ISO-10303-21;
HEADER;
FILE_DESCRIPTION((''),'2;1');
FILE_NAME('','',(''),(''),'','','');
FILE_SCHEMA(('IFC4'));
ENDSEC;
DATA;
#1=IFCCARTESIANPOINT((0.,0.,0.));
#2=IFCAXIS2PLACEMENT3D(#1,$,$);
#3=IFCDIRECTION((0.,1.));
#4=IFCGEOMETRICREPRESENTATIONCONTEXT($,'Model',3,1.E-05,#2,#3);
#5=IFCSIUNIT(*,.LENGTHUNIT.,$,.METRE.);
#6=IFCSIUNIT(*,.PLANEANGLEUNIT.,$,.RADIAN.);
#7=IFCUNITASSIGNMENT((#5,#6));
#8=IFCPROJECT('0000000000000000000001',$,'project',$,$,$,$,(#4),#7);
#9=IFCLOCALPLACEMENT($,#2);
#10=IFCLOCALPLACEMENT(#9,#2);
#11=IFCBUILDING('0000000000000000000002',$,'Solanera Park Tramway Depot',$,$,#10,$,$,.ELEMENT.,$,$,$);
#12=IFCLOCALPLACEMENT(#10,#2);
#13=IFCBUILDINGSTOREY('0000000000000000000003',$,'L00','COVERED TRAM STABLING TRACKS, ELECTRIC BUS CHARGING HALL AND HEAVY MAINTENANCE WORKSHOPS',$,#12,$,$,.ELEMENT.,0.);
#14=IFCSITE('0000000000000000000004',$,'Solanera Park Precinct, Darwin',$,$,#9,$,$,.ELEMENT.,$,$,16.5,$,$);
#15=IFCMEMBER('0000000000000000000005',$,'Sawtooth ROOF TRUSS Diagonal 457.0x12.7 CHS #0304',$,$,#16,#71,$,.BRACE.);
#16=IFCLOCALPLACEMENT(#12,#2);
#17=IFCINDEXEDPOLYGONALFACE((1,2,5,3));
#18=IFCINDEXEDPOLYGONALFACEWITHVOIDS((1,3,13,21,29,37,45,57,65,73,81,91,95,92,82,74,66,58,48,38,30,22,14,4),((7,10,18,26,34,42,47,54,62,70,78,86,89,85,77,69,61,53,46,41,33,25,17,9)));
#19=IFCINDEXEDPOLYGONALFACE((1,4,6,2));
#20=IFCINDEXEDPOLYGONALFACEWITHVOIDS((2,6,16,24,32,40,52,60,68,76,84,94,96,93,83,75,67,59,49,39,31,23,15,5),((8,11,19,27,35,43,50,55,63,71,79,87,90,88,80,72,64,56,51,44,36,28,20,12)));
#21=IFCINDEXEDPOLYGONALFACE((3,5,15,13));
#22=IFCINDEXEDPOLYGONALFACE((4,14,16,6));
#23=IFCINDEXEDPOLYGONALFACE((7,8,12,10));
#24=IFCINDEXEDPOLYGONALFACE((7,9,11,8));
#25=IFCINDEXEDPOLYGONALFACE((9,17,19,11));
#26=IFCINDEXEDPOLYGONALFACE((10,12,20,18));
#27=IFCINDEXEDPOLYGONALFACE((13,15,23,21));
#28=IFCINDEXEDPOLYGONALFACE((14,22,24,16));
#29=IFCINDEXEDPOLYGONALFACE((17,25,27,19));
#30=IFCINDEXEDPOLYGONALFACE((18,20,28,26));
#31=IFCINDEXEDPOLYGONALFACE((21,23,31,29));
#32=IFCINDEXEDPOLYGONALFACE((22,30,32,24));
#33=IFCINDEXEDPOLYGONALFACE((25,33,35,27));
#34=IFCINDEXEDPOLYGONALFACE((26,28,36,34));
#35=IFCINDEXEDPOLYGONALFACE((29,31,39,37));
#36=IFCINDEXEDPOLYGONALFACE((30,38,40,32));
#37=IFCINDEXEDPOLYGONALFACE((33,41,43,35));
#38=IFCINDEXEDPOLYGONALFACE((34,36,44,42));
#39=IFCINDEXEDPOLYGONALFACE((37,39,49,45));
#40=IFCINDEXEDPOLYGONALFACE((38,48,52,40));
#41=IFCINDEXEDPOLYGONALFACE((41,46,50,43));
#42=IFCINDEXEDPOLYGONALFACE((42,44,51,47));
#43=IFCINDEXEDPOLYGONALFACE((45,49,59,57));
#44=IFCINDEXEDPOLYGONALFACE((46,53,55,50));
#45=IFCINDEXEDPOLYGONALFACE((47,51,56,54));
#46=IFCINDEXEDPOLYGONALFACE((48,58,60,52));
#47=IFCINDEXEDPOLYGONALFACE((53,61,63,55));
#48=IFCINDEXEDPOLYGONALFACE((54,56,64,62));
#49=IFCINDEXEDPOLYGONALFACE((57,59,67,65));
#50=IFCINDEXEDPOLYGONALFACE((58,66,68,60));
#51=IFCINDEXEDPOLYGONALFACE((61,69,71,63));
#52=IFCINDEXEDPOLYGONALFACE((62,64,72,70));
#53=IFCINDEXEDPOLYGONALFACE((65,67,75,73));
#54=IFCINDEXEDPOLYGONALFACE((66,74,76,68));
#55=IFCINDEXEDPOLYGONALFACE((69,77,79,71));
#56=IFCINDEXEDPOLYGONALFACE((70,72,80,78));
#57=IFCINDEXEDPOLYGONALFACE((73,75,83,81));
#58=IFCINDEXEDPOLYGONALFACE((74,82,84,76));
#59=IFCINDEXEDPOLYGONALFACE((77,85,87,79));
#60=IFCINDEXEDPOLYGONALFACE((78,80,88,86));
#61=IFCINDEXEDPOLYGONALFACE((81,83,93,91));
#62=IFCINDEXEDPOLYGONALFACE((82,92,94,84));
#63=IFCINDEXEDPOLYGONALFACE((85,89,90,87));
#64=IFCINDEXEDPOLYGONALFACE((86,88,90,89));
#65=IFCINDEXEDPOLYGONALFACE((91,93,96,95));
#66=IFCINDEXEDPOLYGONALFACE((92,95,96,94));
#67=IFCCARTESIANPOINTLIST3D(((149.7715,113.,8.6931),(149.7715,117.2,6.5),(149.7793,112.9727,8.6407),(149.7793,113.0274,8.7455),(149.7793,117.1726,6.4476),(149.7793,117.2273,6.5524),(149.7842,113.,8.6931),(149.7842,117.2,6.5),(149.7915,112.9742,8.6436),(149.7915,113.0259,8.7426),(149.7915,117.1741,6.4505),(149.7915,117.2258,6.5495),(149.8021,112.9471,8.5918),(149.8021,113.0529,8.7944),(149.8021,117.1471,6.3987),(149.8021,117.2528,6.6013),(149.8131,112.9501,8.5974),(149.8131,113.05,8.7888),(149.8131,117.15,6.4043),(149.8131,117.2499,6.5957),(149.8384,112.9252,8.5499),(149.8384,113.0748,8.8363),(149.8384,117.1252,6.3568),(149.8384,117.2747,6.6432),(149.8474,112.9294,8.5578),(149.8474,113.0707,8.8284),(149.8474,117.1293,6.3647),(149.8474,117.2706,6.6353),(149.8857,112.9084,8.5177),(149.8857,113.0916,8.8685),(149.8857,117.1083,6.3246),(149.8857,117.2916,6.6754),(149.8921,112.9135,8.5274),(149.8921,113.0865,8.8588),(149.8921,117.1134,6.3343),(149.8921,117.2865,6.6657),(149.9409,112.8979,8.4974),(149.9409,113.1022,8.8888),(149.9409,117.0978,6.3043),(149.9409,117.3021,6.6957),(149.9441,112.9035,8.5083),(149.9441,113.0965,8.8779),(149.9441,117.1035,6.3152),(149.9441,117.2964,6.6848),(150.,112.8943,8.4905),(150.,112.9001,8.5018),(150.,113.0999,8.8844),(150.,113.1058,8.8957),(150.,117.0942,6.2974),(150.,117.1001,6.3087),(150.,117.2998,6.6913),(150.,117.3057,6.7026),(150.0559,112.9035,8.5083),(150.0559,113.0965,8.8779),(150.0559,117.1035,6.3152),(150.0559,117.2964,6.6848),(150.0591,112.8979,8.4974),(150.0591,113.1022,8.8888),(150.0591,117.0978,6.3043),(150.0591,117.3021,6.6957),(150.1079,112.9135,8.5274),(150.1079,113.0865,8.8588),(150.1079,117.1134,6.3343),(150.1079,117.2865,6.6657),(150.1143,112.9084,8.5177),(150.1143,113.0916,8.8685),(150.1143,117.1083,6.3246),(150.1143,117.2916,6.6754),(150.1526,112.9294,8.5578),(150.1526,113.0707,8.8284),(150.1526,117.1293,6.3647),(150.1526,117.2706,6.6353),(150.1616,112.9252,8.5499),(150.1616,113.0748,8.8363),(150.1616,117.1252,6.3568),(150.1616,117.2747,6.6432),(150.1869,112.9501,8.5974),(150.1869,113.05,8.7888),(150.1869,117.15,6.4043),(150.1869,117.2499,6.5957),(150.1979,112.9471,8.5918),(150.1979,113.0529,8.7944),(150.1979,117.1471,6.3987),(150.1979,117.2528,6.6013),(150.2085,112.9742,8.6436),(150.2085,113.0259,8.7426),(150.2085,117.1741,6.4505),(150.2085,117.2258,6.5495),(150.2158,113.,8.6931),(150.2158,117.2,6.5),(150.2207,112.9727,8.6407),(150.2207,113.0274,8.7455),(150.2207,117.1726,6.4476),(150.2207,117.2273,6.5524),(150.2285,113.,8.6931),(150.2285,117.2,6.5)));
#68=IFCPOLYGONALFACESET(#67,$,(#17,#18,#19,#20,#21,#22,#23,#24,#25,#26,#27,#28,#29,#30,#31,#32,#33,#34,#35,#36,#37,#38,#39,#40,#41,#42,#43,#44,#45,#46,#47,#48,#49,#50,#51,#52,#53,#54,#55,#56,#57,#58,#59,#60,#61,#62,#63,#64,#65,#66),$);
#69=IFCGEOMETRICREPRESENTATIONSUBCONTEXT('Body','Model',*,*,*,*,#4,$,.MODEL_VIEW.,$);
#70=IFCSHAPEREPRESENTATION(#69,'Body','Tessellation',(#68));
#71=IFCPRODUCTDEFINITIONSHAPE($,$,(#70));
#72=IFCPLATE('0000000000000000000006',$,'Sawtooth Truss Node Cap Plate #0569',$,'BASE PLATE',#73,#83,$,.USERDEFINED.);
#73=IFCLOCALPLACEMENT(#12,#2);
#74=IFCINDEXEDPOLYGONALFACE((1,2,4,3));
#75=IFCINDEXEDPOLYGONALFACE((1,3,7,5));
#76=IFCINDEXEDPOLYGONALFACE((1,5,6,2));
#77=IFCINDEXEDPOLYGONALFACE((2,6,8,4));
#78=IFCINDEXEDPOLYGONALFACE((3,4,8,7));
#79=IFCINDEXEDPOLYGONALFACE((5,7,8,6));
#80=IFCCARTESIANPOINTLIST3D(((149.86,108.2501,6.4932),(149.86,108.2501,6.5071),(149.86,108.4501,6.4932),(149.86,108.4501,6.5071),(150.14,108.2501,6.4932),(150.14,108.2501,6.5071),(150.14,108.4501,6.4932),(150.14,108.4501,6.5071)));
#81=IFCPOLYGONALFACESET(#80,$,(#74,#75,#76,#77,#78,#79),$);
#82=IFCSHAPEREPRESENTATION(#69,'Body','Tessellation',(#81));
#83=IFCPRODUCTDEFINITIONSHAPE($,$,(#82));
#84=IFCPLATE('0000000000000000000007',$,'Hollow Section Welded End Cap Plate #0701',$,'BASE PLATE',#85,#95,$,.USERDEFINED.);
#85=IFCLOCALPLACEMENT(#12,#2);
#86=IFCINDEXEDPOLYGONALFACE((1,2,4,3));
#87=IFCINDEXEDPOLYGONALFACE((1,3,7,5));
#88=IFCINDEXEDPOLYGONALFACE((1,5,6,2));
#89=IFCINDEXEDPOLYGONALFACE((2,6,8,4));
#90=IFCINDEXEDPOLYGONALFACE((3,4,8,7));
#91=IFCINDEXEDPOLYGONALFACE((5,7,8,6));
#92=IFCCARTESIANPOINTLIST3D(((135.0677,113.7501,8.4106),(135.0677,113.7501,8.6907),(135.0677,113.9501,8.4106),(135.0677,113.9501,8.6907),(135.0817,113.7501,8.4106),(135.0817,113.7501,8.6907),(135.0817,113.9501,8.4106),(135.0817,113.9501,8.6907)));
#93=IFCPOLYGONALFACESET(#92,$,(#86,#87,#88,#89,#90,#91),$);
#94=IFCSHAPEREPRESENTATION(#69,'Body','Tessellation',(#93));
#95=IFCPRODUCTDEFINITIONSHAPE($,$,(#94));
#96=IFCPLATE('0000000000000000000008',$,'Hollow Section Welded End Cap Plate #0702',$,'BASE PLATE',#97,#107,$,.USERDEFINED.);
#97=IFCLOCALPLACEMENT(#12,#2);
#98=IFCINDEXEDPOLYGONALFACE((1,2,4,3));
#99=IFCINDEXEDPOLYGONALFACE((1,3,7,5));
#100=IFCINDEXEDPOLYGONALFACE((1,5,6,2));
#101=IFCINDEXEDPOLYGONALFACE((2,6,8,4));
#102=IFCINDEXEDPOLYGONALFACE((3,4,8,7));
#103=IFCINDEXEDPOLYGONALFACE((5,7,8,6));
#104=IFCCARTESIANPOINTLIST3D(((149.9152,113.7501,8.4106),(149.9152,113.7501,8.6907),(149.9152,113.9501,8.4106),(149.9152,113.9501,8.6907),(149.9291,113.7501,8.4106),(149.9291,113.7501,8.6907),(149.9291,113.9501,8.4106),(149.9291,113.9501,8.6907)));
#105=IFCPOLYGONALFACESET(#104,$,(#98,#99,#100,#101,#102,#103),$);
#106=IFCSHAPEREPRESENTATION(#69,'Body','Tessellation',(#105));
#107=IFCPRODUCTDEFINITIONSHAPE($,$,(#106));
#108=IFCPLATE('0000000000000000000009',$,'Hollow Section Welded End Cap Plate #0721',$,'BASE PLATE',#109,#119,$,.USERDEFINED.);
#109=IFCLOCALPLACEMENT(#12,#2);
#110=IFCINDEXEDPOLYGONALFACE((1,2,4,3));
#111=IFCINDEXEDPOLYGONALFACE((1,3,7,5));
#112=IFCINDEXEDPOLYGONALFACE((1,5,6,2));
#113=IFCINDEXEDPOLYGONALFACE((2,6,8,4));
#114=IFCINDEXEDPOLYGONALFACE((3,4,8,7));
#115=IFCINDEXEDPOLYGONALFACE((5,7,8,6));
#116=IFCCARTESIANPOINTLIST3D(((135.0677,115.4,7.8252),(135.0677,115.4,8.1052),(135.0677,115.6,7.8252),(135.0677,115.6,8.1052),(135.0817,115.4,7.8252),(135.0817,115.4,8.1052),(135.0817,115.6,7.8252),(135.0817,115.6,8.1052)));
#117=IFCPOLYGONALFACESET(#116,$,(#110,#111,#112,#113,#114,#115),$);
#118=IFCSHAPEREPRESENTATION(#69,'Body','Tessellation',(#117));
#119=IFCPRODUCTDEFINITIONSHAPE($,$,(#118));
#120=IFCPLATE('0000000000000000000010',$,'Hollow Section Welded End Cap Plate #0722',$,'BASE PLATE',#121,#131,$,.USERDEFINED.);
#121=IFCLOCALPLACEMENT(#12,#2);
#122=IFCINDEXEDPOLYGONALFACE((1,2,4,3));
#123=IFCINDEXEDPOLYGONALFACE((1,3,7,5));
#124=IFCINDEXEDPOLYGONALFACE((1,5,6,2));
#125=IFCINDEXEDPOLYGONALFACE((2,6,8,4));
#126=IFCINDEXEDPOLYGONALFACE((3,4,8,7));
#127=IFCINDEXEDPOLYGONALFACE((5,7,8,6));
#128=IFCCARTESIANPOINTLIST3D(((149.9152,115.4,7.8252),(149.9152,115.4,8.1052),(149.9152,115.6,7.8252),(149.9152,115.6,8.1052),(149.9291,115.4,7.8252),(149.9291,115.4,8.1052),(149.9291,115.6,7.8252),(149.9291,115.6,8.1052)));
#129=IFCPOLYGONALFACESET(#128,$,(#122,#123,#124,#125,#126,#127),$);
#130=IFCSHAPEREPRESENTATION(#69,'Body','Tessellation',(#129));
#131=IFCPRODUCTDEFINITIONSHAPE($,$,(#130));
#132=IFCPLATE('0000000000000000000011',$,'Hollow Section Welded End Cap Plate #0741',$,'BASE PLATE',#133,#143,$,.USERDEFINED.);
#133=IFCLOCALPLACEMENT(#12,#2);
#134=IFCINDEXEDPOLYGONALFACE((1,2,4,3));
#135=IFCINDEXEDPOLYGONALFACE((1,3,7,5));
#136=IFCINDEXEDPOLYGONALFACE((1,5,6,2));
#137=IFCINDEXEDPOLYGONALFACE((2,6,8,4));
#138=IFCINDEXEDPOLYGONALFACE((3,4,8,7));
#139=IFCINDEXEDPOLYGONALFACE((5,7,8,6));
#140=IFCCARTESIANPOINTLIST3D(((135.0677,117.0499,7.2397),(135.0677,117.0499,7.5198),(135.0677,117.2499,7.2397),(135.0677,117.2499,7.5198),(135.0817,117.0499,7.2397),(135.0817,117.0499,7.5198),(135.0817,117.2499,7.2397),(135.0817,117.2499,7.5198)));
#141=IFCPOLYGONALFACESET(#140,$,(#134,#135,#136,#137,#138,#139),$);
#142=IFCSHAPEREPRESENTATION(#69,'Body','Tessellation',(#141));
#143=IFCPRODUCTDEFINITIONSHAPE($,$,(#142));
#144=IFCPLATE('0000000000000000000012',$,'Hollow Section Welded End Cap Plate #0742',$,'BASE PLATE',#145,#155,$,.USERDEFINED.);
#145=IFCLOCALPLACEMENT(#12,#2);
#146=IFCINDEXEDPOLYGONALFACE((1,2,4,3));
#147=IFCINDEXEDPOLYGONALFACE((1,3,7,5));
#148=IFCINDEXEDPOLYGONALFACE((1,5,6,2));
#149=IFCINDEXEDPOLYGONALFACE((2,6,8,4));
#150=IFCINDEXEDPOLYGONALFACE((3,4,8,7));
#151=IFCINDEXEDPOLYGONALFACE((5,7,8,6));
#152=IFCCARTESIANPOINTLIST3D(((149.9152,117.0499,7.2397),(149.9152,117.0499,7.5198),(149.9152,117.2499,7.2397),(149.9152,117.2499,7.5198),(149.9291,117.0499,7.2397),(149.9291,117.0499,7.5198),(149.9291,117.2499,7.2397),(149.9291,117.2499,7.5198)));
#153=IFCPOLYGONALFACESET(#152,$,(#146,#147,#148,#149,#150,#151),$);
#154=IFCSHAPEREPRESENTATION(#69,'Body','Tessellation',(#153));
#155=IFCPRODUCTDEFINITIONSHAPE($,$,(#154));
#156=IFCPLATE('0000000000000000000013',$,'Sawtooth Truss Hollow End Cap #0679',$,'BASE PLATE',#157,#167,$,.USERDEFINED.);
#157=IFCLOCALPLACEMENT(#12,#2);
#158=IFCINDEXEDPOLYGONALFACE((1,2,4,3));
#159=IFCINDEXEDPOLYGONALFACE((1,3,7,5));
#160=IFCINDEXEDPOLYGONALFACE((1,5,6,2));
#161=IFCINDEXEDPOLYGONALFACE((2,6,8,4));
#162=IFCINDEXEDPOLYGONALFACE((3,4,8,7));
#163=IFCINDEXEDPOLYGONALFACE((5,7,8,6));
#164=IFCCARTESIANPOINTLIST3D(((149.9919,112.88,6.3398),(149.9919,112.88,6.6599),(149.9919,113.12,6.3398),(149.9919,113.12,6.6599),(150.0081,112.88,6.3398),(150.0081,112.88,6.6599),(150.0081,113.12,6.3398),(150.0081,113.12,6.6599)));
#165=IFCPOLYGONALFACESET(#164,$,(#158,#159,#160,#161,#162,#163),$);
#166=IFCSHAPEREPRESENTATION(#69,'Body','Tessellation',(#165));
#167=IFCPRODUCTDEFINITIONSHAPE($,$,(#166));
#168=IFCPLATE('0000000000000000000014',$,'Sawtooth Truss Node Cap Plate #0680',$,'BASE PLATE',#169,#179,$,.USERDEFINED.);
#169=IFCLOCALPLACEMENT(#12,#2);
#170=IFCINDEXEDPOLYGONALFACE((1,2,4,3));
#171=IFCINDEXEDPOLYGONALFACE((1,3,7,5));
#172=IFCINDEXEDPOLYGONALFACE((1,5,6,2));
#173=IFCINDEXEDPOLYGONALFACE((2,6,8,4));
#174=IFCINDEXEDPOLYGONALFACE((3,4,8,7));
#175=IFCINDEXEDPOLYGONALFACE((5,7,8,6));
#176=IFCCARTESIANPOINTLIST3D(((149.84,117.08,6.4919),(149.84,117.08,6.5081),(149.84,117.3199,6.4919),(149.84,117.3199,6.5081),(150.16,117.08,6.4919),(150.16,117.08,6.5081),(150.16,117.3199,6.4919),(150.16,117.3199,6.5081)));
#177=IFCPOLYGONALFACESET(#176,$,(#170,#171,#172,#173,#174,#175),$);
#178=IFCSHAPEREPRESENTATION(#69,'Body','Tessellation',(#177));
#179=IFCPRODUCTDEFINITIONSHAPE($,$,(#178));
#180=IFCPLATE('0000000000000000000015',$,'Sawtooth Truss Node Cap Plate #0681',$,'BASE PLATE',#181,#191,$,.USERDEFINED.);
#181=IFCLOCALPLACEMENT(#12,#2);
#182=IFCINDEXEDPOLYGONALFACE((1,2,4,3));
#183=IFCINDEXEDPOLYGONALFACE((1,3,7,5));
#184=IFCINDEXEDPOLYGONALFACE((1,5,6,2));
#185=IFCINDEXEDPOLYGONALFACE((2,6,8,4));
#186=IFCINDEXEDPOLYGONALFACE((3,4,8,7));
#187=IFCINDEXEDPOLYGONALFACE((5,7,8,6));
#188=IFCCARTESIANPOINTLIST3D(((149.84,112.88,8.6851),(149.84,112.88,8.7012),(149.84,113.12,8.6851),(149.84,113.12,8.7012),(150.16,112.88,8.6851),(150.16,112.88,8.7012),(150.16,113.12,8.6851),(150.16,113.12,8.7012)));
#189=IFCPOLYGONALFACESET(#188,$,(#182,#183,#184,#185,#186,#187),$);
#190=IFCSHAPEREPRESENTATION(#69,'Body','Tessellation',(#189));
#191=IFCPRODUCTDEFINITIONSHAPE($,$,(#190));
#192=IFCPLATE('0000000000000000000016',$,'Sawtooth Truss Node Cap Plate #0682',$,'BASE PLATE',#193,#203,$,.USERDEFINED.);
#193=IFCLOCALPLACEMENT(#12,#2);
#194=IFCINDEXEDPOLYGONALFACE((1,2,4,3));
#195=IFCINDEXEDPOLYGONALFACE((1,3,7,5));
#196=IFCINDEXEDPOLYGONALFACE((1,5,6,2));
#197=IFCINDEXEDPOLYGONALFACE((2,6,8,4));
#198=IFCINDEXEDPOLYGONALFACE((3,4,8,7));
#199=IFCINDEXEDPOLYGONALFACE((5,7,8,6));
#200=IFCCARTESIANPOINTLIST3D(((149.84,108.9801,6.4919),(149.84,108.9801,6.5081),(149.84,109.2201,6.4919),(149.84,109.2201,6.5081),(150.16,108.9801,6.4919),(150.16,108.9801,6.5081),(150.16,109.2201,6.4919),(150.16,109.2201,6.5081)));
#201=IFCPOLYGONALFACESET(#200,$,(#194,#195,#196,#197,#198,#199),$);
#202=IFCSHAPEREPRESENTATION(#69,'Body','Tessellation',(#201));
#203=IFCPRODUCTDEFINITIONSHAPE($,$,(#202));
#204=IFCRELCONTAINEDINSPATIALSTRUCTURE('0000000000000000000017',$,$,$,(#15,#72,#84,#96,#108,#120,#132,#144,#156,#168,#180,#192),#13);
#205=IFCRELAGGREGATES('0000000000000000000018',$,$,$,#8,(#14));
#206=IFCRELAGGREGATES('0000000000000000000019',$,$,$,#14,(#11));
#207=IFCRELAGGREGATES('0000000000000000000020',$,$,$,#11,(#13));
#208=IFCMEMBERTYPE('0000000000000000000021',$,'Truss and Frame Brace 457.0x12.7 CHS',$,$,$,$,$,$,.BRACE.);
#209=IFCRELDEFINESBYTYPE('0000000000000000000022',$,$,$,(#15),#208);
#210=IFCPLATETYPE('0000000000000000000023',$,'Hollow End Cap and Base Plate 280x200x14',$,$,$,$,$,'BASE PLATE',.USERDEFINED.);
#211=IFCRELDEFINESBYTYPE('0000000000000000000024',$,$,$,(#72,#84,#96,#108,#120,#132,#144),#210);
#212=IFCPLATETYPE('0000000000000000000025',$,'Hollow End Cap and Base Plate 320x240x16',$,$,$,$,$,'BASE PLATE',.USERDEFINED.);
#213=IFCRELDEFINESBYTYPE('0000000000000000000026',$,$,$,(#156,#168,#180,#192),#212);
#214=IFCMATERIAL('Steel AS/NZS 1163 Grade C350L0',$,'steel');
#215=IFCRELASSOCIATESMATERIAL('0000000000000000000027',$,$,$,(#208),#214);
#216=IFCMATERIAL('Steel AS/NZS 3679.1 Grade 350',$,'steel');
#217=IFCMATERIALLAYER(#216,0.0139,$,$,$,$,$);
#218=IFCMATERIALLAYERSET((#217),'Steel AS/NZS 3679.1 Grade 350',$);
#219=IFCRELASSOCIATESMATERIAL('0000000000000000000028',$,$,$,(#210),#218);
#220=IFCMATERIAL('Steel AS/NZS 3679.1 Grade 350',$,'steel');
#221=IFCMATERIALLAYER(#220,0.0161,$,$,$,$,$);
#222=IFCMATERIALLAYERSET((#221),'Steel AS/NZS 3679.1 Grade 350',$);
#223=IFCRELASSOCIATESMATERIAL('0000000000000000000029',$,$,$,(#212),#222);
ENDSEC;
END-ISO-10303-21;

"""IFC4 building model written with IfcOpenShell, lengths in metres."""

from ifc_helpers import new_model, si_unit, direction, frame, origin, origin_2d, place, context, subcontext, project, spatial, rectangle, hollow_circle, extrude, material, layer, layer_set, material_profile, profile_set, type_object, element, save


model = new_model("IFC4")

# Units and contexts
model_context = context("Model", 3, precision=1e-05, world=origin(), true_north=direction((0.0, 1.0)))
body_context = subcontext(model_context, "Body", "Model", "MODEL_VIEW")
ifc_project = project(units=[si_unit("LENGTHUNIT", "METRE"), si_unit("PLANEANGLEUNIT", "RADIAN")], contexts=[model_context])

# Site, building, storey
site_placement = place(None, origin())
site = spatial("IfcSite", under=ifc_project, at=site_placement, Name="Solanera Park Precinct, Darwin", CompositionType="ELEMENT", RefElevation=16.5)
building_placement = place(site_placement, origin())
building = spatial("IfcBuilding", under=site, at=building_placement, Name="Solanera Park Tramway Depot", CompositionType="ELEMENT")
storey_placement = place(building_placement, origin())
storey = spatial("IfcBuildingStorey", under=building, at=storey_placement, Name="L00", Description="COVERED TRAM STABLING TRACKS, ELECTRIC BUS CHARGING HALL AND HEAVY MAINTENANCE WORKSHOPS", CompositionType="ELEMENT", Elevation=0.0)

# Member
ifc_material_1 = material(Name="Steel AS/NZS 1163 Grade C350L0", Category="steel")
ifc_material_profile_1 = material_profile(ifc_material_1, hollow_circle(Radius=0.2285, WallThickness=0.0127, at=origin_2d()), Name="457.0x12.7 CHS")
ifc_profile_set_1 = profile_set([ifc_material_profile_1], Name="Steel AS/NZS 1163 Grade C350L0")
member_type_1 = type_object("IfcMemberType", Name="Truss and Frame Brace 457.0x12.7 CHS", PredefinedType="BRACE", material=ifc_profile_set_1)
member_1_placement = place(storey_placement, frame((150.0, 117.2, 6.5), z_axis=(0.0, -0.886426, 0.462871), x_axis=(1.0, 0.0, 0.0)))
element("IfcMember", 1, at=member_1_placement, inside=storey, type_object=member_type_1, Name="Sawtooth ROOF TRUSS Diagonal 457.0x12.7 CHS #0304", PredefinedType="BRACE", context=body_context, shape_type="SweptSolid", body=[
    extrude(hollow_circle(Radius=0.2285, WallThickness=0.0127, at=origin_2d()), origin(), (0.0, 0.0, 1.0), 4.738),
])

# Plates
ifc_material_2 = material(Name="Steel AS/NZS 3679.1 Grade 350", Category="steel")
ifc_layer_1 = layer(ifc_material_2, 0.0139)
ifc_layer_set_1 = layer_set([ifc_layer_1], Name="Steel AS/NZS 3679.1 Grade 350")
plate_type_1 = type_object("IfcPlateType", Name="Hollow End Cap and Base Plate 280x200x14", ElementType="BASE PLATE", PredefinedType="USERDEFINED", material=ifc_layer_set_1)
plate_1_placement = place(storey_placement, frame((150.0, 108.3501, 6.4932), z_axis=(0.0, 0.0, 1.0), x_axis=(1.0, 0.0, 0.0)))
element("IfcPlate", 2, at=plate_1_placement, inside=storey, type_object=plate_type_1, Name="Sawtooth Truss Node Cap Plate #0569", ObjectType="BASE PLATE", PredefinedType="USERDEFINED", context=body_context, shape_type="SweptSolid", body=[
    extrude(rectangle(XDim=0.28, YDim=0.2, at=origin_2d()), origin(), (0.0, 0.0, 1.0), 0.0139),
])
for number, where, z_axis, x_axis, name in (
    (3, (135.0747, 113.8501, 8.4106), (0.0, 0.0, 1.0), (1.0, 0.0, 0.0), "Hollow Section Welded End Cap Plate #0701"),
    (4, (149.9221, 113.8501, 8.4106), (0.0, 0.0, 1.0), (1.0, 0.0, 0.0), "Hollow Section Welded End Cap Plate #0702"),
    (5, (135.0747, 115.5, 7.8252), (0.0, 0.0, 1.0), (1.0, 0.0, 0.0), "Hollow Section Welded End Cap Plate #0721"),
    (6, (149.9221, 115.5, 7.8252), (0.0, 0.0, 1.0), (1.0, 0.0, 0.0), "Hollow Section Welded End Cap Plate #0722"),
    (7, (135.0747, 117.1499, 7.2397), (0.0, 0.0, 1.0), (1.0, 0.0, 0.0), "Hollow Section Welded End Cap Plate #0741"),
    (8, (149.9221, 117.1499, 7.2397), (0.0, 0.0, 1.0), (1.0, 0.0, 0.0), "Hollow Section Welded End Cap Plate #0742"),
):
    element("IfcPlate", number, at=place(storey_placement, frame(where, z_axis=z_axis, x_axis=x_axis)), inside=storey, type_object=plate_type_1, Name=name, ObjectType="BASE PLATE", PredefinedType="USERDEFINED", context=body_context, shape_type="SweptSolid", body=[
        extrude(rectangle(XDim=0.0139, YDim=0.2, at=origin_2d()), origin(), (0.0, 0.0, 1.0), 0.28),
    ])
ifc_material_3 = material(Name="Steel AS/NZS 3679.1 Grade 350", Category="steel")
ifc_layer_2 = layer(ifc_material_3, 0.0161)
ifc_layer_set_2 = layer_set([ifc_layer_2], Name="Steel AS/NZS 3679.1 Grade 350")
plate_type_2 = type_object("IfcPlateType", Name="Hollow End Cap and Base Plate 320x240x16", ElementType="BASE PLATE", PredefinedType="USERDEFINED", material=ifc_layer_set_2)
plate_2_placement = place(storey_placement, frame((150.0, 113.0, 6.3398), z_axis=(0.0, 0.0, 1.0), x_axis=(1.0, 0.0, 0.0)))
element("IfcPlate", 9, at=plate_2_placement, inside=storey, type_object=plate_type_2, Name="Sawtooth Truss Hollow End Cap #0679", ObjectType="BASE PLATE", PredefinedType="USERDEFINED", context=body_context, shape_type="SweptSolid", body=[
    extrude(rectangle(XDim=0.0161, YDim=0.24, at=origin_2d()), origin(), (0.0, 0.0, 1.0), 0.3201),
])
for number, where, z_axis, x_axis, name in (
    (10, (150.0, 117.2, 6.4919), (0.0, 0.0, 1.0), (1.0, 0.0, 0.0), "Sawtooth Truss Node Cap Plate #0680"),
    (11, (150.0, 113.0, 8.6851), (0.0, 0.0, 1.0), (1.0, 0.0, 0.0), "Sawtooth Truss Node Cap Plate #0681"),
    (12, (150.0, 109.1001, 6.4919), (0.0, 0.0, 1.0), (1.0, 0.0, 0.0), "Sawtooth Truss Node Cap Plate #0682"),
):
    element("IfcPlate", number, at=place(storey_placement, frame(where, z_axis=z_axis, x_axis=x_axis)), inside=storey, type_object=plate_type_2, Name=name, ObjectType="BASE PLATE", PredefinedType="USERDEFINED", context=body_context, shape_type="SweptSolid", body=[
        extrude(rectangle(XDim=0.3201, YDim=0.24, at=origin_2d()), origin(), (0.0, 0.0, 1.0), 0.0161),
    ])

save(model, "model.ifc")
